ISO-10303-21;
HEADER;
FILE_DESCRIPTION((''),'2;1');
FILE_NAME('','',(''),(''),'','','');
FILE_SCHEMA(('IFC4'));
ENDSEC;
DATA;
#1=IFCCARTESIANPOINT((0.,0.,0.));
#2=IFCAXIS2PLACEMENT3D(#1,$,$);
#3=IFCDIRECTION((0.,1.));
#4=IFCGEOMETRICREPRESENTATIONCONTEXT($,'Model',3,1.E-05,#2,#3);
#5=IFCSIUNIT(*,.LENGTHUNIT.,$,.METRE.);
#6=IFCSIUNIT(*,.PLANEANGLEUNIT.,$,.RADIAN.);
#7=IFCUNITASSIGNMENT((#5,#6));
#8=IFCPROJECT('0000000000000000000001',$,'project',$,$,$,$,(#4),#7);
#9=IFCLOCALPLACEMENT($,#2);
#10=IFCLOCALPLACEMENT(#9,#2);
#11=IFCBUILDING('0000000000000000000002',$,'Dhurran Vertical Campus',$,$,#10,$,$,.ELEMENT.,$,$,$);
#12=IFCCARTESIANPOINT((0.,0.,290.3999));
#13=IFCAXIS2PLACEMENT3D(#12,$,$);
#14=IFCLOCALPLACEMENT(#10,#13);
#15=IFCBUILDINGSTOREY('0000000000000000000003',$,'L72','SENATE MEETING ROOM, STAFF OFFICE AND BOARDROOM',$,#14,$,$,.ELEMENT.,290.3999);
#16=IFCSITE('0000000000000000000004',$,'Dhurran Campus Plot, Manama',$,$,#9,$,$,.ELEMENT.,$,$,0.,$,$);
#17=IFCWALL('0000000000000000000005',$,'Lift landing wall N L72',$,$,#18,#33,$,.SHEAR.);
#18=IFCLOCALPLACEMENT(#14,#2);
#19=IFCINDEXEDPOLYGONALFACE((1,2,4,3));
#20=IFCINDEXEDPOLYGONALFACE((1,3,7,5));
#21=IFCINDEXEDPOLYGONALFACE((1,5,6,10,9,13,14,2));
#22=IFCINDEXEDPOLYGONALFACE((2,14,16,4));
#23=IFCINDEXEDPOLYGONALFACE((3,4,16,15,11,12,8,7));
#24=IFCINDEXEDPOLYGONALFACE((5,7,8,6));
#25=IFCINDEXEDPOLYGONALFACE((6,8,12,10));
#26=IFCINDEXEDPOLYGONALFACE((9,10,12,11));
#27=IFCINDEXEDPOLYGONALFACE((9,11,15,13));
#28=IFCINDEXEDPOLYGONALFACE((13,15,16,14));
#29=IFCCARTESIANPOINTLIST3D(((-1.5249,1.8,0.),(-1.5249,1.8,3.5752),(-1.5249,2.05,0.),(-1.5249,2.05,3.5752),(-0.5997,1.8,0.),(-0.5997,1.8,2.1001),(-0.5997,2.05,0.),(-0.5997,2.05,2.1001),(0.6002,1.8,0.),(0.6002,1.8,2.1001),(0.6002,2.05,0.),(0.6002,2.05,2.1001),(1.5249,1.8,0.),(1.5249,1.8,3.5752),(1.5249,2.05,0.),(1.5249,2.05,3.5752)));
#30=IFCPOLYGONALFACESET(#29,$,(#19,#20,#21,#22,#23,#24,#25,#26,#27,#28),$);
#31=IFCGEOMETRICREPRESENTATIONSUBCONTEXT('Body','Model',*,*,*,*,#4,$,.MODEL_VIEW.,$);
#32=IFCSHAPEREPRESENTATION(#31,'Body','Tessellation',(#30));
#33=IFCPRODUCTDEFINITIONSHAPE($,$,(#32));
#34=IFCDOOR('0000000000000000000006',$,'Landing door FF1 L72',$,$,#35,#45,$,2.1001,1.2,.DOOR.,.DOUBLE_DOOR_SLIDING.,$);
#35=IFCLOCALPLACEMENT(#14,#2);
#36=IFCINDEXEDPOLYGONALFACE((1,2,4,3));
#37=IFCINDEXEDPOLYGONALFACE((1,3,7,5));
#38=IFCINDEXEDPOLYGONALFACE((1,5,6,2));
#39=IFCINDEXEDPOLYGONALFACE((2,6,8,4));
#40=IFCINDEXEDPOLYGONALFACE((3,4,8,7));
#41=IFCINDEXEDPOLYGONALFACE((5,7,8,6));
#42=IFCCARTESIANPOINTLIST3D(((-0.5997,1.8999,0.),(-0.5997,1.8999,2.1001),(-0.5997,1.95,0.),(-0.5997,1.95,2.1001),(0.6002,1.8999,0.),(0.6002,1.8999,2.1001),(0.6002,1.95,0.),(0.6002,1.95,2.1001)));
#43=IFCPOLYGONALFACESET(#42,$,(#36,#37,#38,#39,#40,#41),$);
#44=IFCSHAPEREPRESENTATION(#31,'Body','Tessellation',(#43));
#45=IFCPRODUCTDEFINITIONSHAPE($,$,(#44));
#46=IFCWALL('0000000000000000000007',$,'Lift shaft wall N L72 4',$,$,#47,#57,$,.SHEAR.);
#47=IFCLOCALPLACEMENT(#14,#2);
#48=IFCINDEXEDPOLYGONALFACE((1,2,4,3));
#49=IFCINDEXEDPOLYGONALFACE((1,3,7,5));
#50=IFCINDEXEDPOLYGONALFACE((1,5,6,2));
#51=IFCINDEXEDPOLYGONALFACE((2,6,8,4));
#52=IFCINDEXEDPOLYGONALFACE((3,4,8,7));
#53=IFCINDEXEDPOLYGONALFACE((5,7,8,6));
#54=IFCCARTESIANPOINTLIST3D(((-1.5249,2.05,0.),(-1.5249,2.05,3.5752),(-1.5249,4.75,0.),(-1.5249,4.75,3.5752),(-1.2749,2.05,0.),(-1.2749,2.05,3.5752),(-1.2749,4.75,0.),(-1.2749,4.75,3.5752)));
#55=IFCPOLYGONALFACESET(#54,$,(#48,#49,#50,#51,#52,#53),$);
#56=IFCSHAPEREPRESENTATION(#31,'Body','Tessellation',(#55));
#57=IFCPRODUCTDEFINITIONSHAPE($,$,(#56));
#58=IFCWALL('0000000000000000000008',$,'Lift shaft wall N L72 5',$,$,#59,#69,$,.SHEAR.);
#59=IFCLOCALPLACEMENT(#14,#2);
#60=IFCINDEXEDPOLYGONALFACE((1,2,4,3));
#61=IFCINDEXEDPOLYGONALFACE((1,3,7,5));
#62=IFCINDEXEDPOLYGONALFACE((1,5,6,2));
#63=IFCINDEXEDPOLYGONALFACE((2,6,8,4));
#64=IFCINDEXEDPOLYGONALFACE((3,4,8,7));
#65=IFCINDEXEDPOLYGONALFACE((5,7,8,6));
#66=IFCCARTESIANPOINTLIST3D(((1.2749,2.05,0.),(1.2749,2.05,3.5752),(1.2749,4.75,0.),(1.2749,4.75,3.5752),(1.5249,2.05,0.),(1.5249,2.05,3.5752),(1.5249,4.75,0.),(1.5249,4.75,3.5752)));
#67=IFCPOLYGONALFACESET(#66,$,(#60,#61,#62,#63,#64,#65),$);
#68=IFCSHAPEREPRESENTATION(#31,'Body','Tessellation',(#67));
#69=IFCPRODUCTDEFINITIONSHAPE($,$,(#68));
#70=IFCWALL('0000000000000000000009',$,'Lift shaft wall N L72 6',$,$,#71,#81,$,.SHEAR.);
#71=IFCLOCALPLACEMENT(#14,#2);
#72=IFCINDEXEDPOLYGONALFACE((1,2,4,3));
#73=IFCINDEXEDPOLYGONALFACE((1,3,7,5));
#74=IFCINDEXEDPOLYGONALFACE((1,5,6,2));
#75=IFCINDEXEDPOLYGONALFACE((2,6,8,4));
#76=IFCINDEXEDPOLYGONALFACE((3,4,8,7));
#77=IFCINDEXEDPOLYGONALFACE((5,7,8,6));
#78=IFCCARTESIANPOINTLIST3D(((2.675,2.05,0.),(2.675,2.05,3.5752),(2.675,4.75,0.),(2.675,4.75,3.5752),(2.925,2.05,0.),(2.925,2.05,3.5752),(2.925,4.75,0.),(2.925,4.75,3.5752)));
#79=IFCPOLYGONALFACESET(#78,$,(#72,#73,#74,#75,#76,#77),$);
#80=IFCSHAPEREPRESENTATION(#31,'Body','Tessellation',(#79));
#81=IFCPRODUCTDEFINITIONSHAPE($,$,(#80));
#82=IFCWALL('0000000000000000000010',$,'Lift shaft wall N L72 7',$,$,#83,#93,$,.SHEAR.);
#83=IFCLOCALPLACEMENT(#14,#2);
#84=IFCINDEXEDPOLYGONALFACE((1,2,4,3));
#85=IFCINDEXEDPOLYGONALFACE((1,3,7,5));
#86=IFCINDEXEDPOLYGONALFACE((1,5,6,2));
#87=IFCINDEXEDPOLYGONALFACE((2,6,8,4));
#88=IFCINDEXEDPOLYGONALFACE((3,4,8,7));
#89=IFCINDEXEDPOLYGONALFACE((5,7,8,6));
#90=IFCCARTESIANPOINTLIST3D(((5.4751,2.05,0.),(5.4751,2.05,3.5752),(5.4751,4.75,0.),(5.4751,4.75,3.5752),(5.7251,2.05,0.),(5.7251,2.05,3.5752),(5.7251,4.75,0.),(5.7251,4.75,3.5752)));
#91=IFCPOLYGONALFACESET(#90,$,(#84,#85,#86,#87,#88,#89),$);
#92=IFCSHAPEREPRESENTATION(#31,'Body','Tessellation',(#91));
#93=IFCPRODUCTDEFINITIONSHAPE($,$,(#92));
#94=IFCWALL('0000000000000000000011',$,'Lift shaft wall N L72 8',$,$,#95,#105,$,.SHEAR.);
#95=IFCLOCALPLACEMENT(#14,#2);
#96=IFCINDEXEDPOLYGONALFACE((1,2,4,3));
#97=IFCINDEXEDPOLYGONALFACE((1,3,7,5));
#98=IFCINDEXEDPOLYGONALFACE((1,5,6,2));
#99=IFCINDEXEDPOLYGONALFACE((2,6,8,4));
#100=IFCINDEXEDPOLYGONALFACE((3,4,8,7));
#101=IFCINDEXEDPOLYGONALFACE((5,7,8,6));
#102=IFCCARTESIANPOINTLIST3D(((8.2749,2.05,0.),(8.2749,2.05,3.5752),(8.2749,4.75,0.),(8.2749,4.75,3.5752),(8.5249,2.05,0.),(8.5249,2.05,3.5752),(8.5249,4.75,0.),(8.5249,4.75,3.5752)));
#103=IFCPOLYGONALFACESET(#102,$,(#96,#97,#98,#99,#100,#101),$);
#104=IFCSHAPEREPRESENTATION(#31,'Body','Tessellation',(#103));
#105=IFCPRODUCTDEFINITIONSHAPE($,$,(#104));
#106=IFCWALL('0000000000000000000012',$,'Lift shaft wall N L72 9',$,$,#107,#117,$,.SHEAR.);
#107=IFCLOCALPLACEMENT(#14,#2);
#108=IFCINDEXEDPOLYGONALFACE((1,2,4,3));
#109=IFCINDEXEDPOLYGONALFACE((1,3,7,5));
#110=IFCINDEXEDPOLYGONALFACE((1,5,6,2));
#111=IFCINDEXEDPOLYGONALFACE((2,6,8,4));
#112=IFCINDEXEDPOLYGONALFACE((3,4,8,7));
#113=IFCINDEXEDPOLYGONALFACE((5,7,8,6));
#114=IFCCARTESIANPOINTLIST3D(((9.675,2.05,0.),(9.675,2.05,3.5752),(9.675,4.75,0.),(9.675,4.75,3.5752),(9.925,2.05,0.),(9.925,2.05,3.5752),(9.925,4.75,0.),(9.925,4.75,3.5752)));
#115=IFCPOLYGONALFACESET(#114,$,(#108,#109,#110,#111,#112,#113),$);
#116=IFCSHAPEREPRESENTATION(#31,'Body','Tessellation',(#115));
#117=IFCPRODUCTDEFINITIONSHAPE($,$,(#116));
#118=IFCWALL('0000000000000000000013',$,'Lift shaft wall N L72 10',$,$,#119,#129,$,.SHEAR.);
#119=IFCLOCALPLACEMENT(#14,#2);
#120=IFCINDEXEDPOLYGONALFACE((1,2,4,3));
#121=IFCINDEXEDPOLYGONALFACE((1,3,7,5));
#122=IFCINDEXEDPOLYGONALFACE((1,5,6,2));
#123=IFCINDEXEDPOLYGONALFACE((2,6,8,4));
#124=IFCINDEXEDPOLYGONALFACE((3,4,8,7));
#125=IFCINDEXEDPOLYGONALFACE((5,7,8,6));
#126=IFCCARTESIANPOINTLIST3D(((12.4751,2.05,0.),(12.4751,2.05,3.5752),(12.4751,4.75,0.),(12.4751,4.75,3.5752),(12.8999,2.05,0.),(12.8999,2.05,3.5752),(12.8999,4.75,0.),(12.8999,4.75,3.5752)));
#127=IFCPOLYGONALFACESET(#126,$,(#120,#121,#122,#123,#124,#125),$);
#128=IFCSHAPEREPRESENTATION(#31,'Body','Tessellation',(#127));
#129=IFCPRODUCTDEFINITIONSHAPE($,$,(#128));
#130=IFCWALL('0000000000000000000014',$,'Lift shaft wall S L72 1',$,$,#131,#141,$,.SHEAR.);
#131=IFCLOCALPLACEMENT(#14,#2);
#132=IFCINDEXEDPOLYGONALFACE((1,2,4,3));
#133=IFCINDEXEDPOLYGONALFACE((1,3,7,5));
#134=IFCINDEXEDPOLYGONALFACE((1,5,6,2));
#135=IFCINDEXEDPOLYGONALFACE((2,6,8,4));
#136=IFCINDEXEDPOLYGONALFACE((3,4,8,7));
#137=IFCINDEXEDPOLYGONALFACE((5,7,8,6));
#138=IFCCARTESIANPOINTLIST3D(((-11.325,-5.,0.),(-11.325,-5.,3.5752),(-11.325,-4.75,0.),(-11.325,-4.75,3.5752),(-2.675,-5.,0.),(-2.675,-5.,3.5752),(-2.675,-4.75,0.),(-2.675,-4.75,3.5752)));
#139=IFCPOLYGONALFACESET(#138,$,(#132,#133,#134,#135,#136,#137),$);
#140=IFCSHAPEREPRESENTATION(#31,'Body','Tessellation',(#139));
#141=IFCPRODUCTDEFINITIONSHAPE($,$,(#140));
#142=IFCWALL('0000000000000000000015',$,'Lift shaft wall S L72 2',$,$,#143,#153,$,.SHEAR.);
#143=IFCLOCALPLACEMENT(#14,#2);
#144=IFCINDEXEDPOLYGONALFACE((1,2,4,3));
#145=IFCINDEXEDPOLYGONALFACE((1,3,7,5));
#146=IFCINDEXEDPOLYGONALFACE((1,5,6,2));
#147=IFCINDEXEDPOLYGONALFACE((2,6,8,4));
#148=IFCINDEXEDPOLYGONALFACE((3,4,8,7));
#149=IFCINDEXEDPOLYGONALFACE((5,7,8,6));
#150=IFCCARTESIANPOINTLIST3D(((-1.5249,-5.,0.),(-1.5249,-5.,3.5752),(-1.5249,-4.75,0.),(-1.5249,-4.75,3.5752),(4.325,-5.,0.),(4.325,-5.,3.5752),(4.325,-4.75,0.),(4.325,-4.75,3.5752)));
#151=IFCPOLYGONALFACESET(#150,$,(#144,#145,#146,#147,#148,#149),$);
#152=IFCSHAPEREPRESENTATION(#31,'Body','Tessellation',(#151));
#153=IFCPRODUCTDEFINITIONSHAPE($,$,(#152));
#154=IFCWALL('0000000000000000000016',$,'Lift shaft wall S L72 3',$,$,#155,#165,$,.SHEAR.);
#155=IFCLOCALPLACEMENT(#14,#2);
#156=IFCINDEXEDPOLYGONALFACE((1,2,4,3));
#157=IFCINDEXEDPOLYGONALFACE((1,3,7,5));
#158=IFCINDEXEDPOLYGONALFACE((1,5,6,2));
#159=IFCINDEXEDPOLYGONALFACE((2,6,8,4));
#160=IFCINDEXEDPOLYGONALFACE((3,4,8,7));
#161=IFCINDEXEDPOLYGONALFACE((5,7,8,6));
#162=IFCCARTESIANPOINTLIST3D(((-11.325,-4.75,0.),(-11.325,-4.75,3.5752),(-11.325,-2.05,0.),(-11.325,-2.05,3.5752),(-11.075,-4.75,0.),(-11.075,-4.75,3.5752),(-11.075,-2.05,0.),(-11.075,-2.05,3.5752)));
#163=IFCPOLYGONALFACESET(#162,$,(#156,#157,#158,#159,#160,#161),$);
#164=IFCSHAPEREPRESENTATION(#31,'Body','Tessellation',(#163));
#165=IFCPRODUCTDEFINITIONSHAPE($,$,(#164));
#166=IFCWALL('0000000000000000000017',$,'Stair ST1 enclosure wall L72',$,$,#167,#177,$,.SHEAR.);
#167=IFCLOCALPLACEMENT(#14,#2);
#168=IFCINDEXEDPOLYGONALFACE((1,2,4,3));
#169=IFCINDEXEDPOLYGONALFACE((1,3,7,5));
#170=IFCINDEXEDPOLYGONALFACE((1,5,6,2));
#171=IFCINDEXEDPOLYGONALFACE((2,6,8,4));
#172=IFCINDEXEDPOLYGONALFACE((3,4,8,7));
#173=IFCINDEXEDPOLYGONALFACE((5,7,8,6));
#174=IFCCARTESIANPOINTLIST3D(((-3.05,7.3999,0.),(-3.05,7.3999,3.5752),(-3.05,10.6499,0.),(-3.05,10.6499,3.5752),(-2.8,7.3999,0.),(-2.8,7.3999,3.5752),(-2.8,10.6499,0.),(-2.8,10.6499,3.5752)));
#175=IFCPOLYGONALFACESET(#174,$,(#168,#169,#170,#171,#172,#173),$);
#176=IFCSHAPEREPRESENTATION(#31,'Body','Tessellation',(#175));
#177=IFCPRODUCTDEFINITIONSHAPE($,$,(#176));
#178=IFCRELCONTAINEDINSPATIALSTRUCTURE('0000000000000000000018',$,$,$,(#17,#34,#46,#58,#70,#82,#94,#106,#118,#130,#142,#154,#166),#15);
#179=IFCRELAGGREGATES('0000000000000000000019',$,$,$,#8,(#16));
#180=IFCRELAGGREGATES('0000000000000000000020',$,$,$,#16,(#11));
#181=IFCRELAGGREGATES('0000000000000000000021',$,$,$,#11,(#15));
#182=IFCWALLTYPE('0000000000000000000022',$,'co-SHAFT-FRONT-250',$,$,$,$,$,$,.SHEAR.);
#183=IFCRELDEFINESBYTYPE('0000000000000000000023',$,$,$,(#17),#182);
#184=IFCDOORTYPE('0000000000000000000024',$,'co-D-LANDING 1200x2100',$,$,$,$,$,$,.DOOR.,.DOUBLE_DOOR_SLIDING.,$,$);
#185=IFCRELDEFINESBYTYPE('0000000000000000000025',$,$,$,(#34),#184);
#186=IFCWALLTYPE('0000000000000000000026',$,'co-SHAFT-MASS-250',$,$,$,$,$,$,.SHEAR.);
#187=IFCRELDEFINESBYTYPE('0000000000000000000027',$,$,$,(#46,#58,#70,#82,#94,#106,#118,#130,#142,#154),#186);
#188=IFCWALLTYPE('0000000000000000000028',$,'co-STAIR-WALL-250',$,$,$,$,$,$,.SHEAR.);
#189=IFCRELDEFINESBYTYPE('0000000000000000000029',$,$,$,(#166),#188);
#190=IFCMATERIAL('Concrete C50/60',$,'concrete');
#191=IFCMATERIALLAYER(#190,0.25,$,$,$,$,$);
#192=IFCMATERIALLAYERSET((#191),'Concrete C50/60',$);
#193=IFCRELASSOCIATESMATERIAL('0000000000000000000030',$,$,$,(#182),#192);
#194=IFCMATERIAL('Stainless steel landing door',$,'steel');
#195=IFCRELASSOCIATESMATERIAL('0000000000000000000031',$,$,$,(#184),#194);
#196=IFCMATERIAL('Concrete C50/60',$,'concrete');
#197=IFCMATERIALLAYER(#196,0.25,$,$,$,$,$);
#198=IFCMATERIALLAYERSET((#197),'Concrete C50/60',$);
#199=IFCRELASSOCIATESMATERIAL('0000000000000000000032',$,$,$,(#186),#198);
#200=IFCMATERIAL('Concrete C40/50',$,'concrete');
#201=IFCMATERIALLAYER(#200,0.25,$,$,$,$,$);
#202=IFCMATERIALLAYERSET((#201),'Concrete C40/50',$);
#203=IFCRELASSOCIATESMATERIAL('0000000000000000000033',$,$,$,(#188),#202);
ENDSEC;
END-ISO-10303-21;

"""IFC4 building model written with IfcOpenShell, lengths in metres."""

from ifc_helpers import new_model, si_unit, direction, frame, frame_2d, origin, place, context, subcontext, project, spatial, polyline, rectangle, outline, extrude, material, layer, layer_set, type_object, element, fill, save


model = new_model("IFC4")

# Units and contexts
model_context = context("Model", 3, precision=1e-05, world=origin(), true_north=direction((0.0, 1.0)))
body_context = subcontext(model_context, "Body", "Model", "MODEL_VIEW")
ifc_project = project(units=[si_unit("LENGTHUNIT", "METRE"), si_unit("PLANEANGLEUNIT", "RADIAN")], contexts=[model_context])

# Site, building, storey
site_placement = place(None, origin())
site = spatial("IfcSite", under=ifc_project, at=site_placement, Name="Dhurran Campus Plot, Manama", CompositionType="ELEMENT", RefElevation=0.0)
building_placement = place(site_placement, origin())
building = spatial("IfcBuilding", under=site, at=building_placement, Name="Dhurran Vertical Campus", CompositionType="ELEMENT")
storey_placement = place(building_placement, frame((0.0, 0.0, 290.3999)))
storey = spatial("IfcBuildingStorey", under=building, at=storey_placement, Name="L72", Description="SENATE MEETING ROOM, STAFF OFFICE AND BOARDROOM", CompositionType="ELEMENT", Elevation=290.3999)

# Wall, opening, door
ifc_material_1 = material(Name="Concrete C50/60", Category="concrete")
ifc_layer_1 = layer(ifc_material_1, 0.25)
ifc_layer_set_1 = layer_set([ifc_layer_1], Name="Concrete C50/60")
wall_type_1 = type_object("IfcWallType", Name="co-SHAFT-FRONT-250", PredefinedType="SHEAR", material=ifc_layer_set_1)
wall_1_placement = place(storey_placement, frame((-1.5249, 1.925, 0.0), z_axis=(0.0, 0.0, 1.0), x_axis=(1.0, 0.0, 0.0)))
wall_1 = element("IfcWall", 1, at=wall_1_placement, inside=storey, type_object=wall_type_1, Name="Lift landing wall N L72", PredefinedType="SHEAR", context=body_context, shape_type="SweptSolid", body=[
    extrude(rectangle(XDim=3.0498, YDim=0.25, at=frame_2d((1.5249, 0.0))), origin(), (0.0, 0.0, 1.0), 3.5752),
])
opening_1_placement = place(wall_1_placement, frame((0.925, 0.0, 0.0)))
opening_1 = element("IfcOpeningElement", 2, at=opening_1_placement, cuts=wall_1, PredefinedType="OPENING", context=body_context, shape_type="SweptSolid", body=[
    extrude(rectangle(XDim=1.2, YDim=2.1001, at=frame_2d((0.6001, 1.05))), frame((0.0, 0.135, 0.0), z_axis=(0.0, -1.0, 0.0), x_axis=(1.0, 0.0, 0.0)), (0.0, 0.0, 1.0), 0.27),
])
ifc_material_2 = material(Name="Stainless steel landing door", Category="steel")
door_type_1 = type_object("IfcDoorType", Name="co-D-LANDING 1200x2100", OperationType="DOUBLE_DOOR_SLIDING", PredefinedType="DOOR", material=ifc_material_2)
door_1_placement = place(opening_1_placement, origin())
door_1 = element("IfcDoor", 3, at=door_1_placement, inside=storey, type_object=door_type_1, Name="Landing door FF1 L72", OperationType="DOUBLE_DOOR_SLIDING", OverallHeight=2.1001, OverallWidth=1.2, PredefinedType="DOOR", context=body_context, shape_type="SweptSolid", body=[
    extrude(rectangle(XDim=1.2, YDim=2.1001, at=frame_2d((0.6001, 1.05))), frame((0.0, 0.0249, 0.0), z_axis=(0.0, -1.0, 0.0), x_axis=(1.0, 0.0, 0.0)), (0.0, 0.0, 1.0), 0.05),
])
fill(opening_1, door_1)

# Walls
ifc_material_3 = material(Name="Concrete C50/60", Category="concrete")
ifc_layer_2 = layer(ifc_material_3, 0.25)
ifc_layer_set_2 = layer_set([ifc_layer_2], Name="Concrete C50/60")
wall_type_2 = type_object("IfcWallType", Name="co-SHAFT-MASS-250", PredefinedType="SHEAR", material=ifc_layer_set_2)
wall_2_placement = place(storey_placement, origin())
element("IfcWall", 4, at=wall_2_placement, inside=storey, type_object=wall_type_2, Name="Lift shaft wall N L72 4", PredefinedType="SHEAR", context=body_context, shape_type="SweptSolid", body=[
    extrude(outline(polyline([(-1.5249, 2.05), (-1.2749, 2.05), (-1.2749, 4.75), (-1.5249, 4.75), (-1.5249, 2.05)])), origin(), (0.0, 0.0, 1.0), 3.5752),
])
wall_3_placement = place(storey_placement, origin())
element("IfcWall", 5, at=wall_3_placement, inside=storey, type_object=wall_type_2, Name="Lift shaft wall N L72 5", PredefinedType="SHEAR", context=body_context, shape_type="SweptSolid", body=[
    extrude(outline(polyline([(1.2749, 2.05), (1.5249, 2.05), (1.5249, 4.75), (1.2749, 4.75), (1.2749, 2.05)])), origin(), (0.0, 0.0, 1.0), 3.5752),
])
wall_4_placement = place(storey_placement, origin())
element("IfcWall", 6, at=wall_4_placement, inside=storey, type_object=wall_type_2, Name="Lift shaft wall N L72 6", PredefinedType="SHEAR", context=body_context, shape_type="SweptSolid", body=[
    extrude(outline(polyline([(2.675, 2.05), (2.925, 2.05), (2.925, 4.75), (2.675, 4.75), (2.675, 2.05)])), origin(), (0.0, 0.0, 1.0), 3.5752),
])
wall_5_placement = place(storey_placement, origin())
element("IfcWall", 7, at=wall_5_placement, inside=storey, type_object=wall_type_2, Name="Lift shaft wall N L72 7", PredefinedType="SHEAR", context=body_context, shape_type="SweptSolid", body=[
    extrude(outline(polyline([(5.4751, 2.05), (5.7251, 2.05), (5.7251, 4.75), (5.4751, 4.75), (5.4751, 2.05)])), origin(), (0.0, 0.0, 1.0), 3.5752),
])
wall_6_placement = place(storey_placement, origin())
element("IfcWall", 8, at=wall_6_placement, inside=storey, type_object=wall_type_2, Name="Lift shaft wall N L72 8", PredefinedType="SHEAR", context=body_context, shape_type="SweptSolid", body=[
    extrude(outline(polyline([(8.2749, 2.05), (8.5249, 2.05), (8.5249, 4.75), (8.2749, 4.75), (8.2749, 2.05)])), origin(), (0.0, 0.0, 1.0), 3.5752),
])
wall_7_placement = place(storey_placement, origin())
element("IfcWall", 9, at=wall_7_placement, inside=storey, type_object=wall_type_2, Name="Lift shaft wall N L72 9", PredefinedType="SHEAR", context=body_context, shape_type="SweptSolid", body=[
    extrude(outline(polyline([(9.675, 2.05), (9.925, 2.05), (9.925, 4.75), (9.675, 4.75), (9.675, 2.05)])), origin(), (0.0, 0.0, 1.0), 3.5752),
])
wall_8_placement = place(storey_placement, origin())
element("IfcWall", 10, at=wall_8_placement, inside=storey, type_object=wall_type_2, Name="Lift shaft wall N L72 10", PredefinedType="SHEAR", context=body_context, shape_type="SweptSolid", body=[
    extrude(outline(polyline([(12.4751, 2.05), (12.8999, 2.05), (12.8999, 4.75), (12.4751, 4.75), (12.4751, 2.05)])), origin(), (0.0, 0.0, 1.0), 3.5752),
])
wall_9_placement = place(storey_placement, origin())
element("IfcWall", 11, at=wall_9_placement, inside=storey, type_object=wall_type_2, Name="Lift shaft wall S L72 1", PredefinedType="SHEAR", context=body_context, shape_type="SweptSolid", body=[
    extrude(outline(polyline([(-11.325, -5.0), (-2.675, -5.0), (-2.675, -4.75), (-11.325, -4.75), (-11.325, -5.0)])), origin(), (0.0, 0.0, 1.0), 3.5752),
])
wall_10_placement = place(storey_placement, origin())
element("IfcWall", 12, at=wall_10_placement, inside=storey, type_object=wall_type_2, Name="Lift shaft wall S L72 2", PredefinedType="SHEAR", context=body_context, shape_type="SweptSolid", body=[
    extrude(outline(polyline([(-1.5249, -5.0), (4.325, -5.0), (4.325, -4.75), (-1.5249, -4.75), (-1.5249, -5.0)])), origin(), (0.0, 0.0, 1.0), 3.5752),
])
wall_11_placement = place(storey_placement, origin())
element("IfcWall", 13, at=wall_11_placement, inside=storey, type_object=wall_type_2, Name="Lift shaft wall S L72 3", PredefinedType="SHEAR", context=body_context, shape_type="SweptSolid", body=[
    extrude(outline(polyline([(-11.325, -4.75), (-11.075, -4.75), (-11.075, -2.05), (-11.325, -2.05), (-11.325, -4.75)])), origin(), (0.0, 0.0, 1.0), 3.5752),
])
ifc_material_4 = material(Name="Concrete C40/50", Category="concrete")
ifc_layer_3 = layer(ifc_material_4, 0.25)
ifc_layer_set_3 = layer_set([ifc_layer_3], Name="Concrete C40/50")
wall_type_3 = type_object("IfcWallType", Name="co-STAIR-WALL-250", PredefinedType="SHEAR", material=ifc_layer_set_3)
wall_12_placement = place(storey_placement, frame((-2.925, 7.3999, 0.0), z_axis=(0.0, 0.0, 1.0), x_axis=(0.0, 1.0, 0.0)))
element("IfcWall", 14, at=wall_12_placement, inside=storey, type_object=wall_type_3, Name="Stair ST1 enclosure wall L72", PredefinedType="SHEAR", context=body_context, shape_type="SweptSolid", body=[
    extrude(rectangle(XDim=3.25, YDim=0.25, at=frame_2d((1.625, 0.0))), origin(), (0.0, 0.0, 1.0), 3.5752),
])

save(model, "model.ifc")
